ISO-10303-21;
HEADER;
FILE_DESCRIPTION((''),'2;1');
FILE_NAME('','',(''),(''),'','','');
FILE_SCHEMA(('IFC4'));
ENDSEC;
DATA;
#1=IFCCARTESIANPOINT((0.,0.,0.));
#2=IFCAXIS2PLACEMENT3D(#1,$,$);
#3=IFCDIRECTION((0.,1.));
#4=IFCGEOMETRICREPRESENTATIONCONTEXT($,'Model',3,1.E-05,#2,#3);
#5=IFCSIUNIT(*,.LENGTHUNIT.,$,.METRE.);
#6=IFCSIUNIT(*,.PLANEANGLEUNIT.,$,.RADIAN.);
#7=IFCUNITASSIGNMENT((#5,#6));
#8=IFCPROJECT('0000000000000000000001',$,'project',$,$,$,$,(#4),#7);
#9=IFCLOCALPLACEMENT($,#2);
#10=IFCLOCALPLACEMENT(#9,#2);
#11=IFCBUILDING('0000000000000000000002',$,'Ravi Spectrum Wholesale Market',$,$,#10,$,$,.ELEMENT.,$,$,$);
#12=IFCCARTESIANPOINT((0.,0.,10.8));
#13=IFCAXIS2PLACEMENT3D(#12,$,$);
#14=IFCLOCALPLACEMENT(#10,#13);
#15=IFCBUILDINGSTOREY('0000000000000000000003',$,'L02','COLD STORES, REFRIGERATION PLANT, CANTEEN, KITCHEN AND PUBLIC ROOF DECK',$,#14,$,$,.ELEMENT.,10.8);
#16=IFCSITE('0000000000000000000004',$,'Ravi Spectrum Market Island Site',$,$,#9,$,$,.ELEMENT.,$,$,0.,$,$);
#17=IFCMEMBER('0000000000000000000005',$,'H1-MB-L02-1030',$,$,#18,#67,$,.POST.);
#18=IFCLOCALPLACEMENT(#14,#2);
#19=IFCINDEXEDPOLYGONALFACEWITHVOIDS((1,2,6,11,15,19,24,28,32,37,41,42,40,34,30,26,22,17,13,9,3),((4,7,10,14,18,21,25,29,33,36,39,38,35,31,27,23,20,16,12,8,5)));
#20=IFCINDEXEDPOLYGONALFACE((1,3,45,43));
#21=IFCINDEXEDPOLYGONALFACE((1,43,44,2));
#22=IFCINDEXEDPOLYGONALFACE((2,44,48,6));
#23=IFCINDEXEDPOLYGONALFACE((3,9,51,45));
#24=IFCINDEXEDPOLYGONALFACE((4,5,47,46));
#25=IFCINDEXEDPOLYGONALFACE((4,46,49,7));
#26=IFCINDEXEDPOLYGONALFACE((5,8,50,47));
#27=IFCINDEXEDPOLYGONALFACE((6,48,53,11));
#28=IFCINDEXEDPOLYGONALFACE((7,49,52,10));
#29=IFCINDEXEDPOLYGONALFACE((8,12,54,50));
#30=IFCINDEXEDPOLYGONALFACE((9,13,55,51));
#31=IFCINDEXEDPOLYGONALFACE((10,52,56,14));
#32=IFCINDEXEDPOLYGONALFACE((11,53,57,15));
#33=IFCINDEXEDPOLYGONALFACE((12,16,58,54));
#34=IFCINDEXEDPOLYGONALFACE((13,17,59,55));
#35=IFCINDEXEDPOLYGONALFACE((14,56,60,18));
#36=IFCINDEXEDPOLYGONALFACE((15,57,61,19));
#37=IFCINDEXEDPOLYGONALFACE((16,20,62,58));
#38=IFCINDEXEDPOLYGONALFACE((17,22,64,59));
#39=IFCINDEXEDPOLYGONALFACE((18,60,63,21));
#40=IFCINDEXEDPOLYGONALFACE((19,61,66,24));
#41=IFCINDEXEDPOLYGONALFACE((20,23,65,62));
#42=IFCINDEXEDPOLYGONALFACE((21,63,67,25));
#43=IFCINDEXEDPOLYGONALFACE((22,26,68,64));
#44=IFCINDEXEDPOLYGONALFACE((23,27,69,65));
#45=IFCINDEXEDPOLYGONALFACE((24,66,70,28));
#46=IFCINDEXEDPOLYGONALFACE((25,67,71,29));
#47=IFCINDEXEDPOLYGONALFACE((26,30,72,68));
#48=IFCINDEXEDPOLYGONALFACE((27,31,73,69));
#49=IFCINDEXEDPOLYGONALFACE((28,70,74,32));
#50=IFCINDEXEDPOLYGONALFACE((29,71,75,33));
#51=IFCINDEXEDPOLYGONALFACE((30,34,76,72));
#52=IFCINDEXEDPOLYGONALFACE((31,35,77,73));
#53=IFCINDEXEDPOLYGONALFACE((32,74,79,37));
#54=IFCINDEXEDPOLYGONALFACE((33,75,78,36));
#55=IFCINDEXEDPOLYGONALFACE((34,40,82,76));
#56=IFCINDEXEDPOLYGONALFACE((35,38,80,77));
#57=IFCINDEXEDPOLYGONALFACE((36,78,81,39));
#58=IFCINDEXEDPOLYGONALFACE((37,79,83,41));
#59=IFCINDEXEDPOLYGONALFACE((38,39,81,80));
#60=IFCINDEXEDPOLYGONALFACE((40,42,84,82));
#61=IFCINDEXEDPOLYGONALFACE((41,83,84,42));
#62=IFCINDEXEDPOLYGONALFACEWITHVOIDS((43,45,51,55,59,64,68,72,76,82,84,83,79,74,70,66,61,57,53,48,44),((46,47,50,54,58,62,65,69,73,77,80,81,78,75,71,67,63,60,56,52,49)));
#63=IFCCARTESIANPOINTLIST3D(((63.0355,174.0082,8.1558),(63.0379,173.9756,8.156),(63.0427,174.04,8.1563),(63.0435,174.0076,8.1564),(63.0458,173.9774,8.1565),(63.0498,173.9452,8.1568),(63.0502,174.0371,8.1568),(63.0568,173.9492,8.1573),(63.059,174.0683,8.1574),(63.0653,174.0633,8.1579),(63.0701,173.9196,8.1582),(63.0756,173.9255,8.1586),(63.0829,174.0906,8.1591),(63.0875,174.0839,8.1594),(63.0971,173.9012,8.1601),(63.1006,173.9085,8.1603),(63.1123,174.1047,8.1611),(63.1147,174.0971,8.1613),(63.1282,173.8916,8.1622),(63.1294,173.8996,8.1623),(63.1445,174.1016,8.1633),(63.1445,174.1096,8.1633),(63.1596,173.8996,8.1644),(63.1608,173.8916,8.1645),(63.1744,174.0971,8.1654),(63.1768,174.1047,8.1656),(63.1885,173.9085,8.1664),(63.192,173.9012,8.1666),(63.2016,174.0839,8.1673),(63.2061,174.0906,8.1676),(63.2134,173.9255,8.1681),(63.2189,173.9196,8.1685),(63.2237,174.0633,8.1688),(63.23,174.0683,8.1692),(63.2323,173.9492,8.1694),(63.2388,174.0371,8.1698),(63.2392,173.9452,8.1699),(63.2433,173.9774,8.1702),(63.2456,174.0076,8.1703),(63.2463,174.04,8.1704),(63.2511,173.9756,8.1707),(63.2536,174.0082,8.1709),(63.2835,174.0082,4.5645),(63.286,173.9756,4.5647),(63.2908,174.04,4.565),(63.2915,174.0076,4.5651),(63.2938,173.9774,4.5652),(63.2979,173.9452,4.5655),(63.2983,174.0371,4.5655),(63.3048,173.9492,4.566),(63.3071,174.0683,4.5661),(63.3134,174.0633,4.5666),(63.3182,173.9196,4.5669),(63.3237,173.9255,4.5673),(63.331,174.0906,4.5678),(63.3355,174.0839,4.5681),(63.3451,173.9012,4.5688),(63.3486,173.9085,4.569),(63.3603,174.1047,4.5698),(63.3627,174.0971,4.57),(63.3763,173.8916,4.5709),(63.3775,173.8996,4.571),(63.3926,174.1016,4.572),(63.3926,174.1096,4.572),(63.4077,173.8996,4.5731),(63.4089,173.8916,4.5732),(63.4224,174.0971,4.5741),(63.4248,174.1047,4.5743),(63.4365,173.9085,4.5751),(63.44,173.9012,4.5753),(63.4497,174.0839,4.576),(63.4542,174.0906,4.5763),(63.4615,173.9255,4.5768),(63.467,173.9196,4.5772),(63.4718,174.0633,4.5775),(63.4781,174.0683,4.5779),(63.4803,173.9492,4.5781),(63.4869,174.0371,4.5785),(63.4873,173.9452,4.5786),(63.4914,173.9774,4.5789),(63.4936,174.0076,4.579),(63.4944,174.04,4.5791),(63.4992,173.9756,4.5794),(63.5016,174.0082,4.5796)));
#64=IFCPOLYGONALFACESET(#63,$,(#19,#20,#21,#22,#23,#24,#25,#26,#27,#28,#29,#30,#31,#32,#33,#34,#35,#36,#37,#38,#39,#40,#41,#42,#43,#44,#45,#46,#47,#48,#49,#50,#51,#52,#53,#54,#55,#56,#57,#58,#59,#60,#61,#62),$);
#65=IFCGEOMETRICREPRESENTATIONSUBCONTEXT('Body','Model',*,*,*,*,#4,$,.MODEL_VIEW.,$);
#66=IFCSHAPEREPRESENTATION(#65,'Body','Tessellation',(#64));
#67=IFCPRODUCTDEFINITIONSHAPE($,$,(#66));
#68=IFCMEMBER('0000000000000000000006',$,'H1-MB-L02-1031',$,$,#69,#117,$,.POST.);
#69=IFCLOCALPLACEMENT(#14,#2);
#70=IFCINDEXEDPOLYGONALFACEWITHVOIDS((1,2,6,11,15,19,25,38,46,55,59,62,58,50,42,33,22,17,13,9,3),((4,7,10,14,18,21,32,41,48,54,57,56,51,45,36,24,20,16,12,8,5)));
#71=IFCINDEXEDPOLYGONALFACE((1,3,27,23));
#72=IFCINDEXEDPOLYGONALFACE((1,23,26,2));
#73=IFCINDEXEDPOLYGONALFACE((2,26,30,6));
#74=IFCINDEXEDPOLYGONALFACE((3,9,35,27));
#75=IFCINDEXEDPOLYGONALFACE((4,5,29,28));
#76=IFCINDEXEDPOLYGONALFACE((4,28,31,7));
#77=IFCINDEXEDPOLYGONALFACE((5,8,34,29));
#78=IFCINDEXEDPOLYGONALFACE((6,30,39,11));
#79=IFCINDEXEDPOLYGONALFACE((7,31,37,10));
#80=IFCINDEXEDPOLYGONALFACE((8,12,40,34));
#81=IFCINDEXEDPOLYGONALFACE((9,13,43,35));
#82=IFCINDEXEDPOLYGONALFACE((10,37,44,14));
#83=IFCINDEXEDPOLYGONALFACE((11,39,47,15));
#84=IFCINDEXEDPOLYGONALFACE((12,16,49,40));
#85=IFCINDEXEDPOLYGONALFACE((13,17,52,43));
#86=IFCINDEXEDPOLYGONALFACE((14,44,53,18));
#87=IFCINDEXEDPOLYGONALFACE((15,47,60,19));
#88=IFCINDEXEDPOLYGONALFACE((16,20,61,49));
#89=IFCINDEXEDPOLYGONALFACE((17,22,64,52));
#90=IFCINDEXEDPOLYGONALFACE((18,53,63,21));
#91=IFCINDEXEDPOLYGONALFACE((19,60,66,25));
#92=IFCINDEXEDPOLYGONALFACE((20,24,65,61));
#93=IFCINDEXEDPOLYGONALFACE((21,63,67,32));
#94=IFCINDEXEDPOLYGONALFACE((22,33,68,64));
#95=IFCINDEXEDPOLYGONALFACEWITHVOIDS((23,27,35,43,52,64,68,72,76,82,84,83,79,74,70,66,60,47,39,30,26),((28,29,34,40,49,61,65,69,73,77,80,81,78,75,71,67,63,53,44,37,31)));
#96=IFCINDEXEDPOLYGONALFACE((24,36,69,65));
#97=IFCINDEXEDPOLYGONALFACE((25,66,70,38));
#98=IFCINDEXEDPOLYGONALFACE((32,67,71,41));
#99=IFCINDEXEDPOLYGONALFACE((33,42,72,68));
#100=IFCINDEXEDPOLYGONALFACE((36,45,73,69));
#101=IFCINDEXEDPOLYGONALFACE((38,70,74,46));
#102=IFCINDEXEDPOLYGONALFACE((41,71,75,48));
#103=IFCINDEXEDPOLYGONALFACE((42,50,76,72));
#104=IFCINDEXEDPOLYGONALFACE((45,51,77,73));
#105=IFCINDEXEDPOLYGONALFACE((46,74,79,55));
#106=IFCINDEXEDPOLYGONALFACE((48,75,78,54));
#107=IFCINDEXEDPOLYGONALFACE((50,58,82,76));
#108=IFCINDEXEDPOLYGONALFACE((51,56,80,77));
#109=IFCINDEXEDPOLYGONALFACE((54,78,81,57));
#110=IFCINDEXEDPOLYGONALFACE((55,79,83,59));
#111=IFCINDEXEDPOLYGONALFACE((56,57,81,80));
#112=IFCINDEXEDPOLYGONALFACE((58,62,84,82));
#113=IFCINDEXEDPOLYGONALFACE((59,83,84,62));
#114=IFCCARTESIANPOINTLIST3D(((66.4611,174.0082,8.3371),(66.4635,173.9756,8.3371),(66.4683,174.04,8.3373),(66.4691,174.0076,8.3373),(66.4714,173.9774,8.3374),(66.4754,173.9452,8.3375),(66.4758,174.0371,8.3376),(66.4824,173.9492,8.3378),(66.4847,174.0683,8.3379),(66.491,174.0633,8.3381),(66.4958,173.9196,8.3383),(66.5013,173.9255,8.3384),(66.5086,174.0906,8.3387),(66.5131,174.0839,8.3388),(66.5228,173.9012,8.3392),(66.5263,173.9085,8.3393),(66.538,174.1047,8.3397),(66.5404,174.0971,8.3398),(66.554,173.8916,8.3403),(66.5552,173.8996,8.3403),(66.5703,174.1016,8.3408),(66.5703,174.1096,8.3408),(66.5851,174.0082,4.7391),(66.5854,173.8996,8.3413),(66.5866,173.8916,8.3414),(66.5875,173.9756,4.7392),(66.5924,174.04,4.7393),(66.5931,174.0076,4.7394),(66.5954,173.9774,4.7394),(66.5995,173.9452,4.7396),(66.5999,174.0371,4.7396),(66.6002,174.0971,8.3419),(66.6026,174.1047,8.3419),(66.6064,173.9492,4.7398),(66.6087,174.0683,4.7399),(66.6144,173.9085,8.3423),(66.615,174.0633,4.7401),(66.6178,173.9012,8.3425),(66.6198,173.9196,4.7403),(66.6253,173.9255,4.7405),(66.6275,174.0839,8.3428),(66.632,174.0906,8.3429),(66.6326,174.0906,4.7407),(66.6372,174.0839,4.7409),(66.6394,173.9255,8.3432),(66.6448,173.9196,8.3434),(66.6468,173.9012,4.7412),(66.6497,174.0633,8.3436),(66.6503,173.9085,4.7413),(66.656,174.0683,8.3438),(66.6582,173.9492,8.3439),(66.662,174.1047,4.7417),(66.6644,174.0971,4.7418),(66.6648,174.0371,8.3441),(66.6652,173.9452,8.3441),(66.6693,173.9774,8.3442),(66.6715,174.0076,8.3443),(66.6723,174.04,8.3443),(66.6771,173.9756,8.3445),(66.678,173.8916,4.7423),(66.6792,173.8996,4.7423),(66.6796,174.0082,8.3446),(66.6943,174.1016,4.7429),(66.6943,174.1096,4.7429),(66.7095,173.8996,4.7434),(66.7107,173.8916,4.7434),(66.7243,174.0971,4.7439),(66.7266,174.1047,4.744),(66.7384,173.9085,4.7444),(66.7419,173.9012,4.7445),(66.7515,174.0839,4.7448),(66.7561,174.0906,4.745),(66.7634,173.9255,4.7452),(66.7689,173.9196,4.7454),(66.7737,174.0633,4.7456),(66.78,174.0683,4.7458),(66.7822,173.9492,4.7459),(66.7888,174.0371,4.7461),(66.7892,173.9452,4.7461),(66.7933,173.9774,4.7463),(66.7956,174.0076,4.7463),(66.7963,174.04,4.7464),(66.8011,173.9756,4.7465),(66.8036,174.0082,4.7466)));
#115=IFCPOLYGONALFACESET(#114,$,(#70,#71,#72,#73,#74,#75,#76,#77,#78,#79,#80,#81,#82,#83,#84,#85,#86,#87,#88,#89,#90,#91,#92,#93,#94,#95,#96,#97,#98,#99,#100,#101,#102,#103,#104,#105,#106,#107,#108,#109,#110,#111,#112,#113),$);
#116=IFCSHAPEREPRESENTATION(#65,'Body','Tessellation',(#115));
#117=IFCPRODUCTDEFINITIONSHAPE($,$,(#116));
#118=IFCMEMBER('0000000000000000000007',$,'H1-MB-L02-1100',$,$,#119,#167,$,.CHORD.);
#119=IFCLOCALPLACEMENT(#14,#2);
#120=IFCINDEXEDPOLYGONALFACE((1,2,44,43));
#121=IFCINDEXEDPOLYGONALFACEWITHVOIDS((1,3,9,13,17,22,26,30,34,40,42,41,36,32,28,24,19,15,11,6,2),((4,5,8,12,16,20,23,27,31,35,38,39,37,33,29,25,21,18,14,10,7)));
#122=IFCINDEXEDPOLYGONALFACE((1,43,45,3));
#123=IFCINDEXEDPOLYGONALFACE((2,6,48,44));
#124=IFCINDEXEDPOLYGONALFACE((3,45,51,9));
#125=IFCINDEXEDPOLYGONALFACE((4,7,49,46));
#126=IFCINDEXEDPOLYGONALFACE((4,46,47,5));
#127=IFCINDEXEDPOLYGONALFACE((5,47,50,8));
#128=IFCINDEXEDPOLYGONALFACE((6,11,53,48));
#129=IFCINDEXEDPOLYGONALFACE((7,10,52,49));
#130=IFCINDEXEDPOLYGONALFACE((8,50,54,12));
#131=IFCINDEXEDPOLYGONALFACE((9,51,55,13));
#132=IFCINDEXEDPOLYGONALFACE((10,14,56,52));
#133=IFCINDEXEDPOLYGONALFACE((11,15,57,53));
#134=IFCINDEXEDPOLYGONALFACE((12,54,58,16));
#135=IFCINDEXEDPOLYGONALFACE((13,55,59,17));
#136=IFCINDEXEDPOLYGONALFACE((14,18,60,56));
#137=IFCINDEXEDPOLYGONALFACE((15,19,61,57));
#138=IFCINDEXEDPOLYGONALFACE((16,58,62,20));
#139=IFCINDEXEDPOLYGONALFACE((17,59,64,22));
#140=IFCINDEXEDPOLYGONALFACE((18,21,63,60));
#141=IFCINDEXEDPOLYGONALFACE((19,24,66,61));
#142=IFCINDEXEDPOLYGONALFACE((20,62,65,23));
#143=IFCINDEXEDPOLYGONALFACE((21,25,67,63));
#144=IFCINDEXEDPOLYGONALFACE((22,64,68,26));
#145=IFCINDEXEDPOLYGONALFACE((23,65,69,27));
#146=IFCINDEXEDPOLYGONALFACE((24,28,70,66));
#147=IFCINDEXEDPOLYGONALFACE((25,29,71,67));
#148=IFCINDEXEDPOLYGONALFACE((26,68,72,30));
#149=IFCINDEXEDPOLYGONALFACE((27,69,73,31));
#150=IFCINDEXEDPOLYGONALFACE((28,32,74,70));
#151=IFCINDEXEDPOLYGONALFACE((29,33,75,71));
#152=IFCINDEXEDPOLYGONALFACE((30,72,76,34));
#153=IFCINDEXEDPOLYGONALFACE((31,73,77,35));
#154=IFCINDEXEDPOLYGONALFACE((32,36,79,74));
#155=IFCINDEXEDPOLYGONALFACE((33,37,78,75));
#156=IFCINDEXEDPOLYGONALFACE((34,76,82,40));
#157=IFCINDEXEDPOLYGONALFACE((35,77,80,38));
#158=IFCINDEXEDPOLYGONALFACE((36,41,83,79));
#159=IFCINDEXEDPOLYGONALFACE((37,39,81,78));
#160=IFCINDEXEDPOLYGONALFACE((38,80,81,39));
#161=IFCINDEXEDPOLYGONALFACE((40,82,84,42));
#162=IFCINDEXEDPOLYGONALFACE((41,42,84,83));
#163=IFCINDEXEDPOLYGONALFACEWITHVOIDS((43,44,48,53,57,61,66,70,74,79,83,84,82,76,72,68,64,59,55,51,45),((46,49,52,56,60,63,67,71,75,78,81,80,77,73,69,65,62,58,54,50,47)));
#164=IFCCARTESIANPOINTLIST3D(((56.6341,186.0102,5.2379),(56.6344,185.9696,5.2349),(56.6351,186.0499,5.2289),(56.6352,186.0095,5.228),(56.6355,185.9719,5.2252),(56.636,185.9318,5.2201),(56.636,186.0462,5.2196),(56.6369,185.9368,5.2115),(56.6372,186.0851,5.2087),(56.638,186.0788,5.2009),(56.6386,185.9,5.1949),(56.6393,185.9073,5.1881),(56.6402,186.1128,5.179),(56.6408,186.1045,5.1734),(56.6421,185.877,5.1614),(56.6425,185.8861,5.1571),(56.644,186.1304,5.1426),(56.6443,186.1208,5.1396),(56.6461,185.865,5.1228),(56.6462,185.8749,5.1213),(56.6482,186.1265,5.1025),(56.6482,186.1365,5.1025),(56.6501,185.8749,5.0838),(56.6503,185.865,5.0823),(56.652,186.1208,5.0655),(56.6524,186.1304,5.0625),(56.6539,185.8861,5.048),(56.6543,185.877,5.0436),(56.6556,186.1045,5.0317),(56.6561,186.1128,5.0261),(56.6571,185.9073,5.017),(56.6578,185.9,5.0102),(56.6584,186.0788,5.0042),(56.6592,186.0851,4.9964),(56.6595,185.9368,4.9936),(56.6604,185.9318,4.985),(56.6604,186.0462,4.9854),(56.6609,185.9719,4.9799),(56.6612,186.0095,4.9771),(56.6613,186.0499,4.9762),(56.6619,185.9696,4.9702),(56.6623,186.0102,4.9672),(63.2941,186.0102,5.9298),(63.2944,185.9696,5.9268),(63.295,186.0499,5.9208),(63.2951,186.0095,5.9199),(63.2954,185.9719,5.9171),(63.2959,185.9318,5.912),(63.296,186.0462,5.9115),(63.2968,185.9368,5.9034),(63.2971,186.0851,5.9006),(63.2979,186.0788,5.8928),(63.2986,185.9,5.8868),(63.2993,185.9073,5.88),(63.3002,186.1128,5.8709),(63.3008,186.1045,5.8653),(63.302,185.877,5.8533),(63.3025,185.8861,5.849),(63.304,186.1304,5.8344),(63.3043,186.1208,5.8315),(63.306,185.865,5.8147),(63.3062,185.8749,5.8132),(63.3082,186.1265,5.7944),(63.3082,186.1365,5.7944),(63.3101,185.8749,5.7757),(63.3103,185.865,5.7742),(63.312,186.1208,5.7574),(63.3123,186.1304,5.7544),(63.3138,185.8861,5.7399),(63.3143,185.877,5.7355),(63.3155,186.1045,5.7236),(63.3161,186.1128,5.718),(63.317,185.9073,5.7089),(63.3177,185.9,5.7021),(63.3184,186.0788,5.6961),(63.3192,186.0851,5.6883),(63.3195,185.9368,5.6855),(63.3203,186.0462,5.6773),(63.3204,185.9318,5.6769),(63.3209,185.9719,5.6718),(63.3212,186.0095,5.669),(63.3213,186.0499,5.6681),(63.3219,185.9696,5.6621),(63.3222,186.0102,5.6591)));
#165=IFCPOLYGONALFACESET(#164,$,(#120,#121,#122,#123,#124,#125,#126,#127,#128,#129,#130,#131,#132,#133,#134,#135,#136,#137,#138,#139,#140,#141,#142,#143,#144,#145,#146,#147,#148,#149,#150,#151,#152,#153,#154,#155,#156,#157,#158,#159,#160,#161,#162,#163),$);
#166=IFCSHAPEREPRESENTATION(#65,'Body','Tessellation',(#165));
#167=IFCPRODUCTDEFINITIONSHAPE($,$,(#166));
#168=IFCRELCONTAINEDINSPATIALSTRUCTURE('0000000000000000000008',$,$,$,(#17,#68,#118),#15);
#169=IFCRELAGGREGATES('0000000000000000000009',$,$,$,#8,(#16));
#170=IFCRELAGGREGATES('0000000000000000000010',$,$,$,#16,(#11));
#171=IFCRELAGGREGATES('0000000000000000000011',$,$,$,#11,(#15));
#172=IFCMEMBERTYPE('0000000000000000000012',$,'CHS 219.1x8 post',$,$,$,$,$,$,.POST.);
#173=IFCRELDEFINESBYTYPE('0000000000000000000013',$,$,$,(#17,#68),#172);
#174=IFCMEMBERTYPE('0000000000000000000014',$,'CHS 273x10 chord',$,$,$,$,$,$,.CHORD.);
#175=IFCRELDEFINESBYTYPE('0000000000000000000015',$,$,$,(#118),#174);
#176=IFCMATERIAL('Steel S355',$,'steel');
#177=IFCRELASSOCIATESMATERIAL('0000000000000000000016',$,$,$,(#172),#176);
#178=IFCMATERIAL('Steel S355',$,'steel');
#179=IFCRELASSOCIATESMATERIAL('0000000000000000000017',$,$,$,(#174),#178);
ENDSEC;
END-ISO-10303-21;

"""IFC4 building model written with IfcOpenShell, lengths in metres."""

from ifc_helpers import new_model, si_unit, direction, frame, origin, origin_2d, place, context, subcontext, project, spatial, hollow_circle, extrude, material, material_profile, profile_set, type_object, element, save


model = new_model("IFC4")

# Units and contexts
model_context = context("Model", 3, precision=1e-05, world=origin(), true_north=direction((0.0, 1.0)))
body_context = subcontext(model_context, "Body", "Model", "MODEL_VIEW")
ifc_project = project(units=[si_unit("LENGTHUNIT", "METRE"), si_unit("PLANEANGLEUNIT", "RADIAN")], contexts=[model_context])

# Site, building, storey
site_placement = place(None, origin())
site = spatial("IfcSite", under=ifc_project, at=site_placement, Name="Ravi Spectrum Market Island Site", CompositionType="ELEMENT", RefElevation=0.0)
building_placement = place(site_placement, origin())
building = spatial("IfcBuilding", under=site, at=building_placement, Name="Ravi Spectrum Wholesale Market", CompositionType="ELEMENT")
storey_placement = place(building_placement, frame((0.0, 0.0, 10.8)))
storey = spatial("IfcBuildingStorey", under=building, at=storey_placement, Name="L02", Description="COLD STORES, REFRIGERATION PLANT, CANTEEN, KITCHEN AND PUBLIC ROOF DECK", CompositionType="ELEMENT", Elevation=10.8)

# Members
ifc_material_1 = material(Name="Steel S355", Category="steel")
ifc_material_profile_1 = material_profile(ifc_material_1, hollow_circle(Radius=0.1096, WallThickness=0.0081, at=origin_2d()))
ifc_profile_set_1 = profile_set([ifc_material_profile_1], Name="Steel S355")
member_type_1 = type_object("IfcMemberType", Name="CHS 219.1x8 post", PredefinedType="POST", material=ifc_profile_set_1)
member_1_placement = place(storey_placement, frame((63.1445, 174.0, 8.1633), z_axis=(0.068905, 0.0, -0.997623), x_axis=(0.0, 1.0, 0.0)))
element("IfcMember", 1, at=member_1_placement, inside=storey, type_object=member_type_1, Name="H1-MB-L02-1030", PredefinedType="POST", context=body_context, shape_type="SweptSolid", body=[
    extrude(hollow_circle(Radius=0.1096, WallThickness=0.0081, at=origin_2d()), origin(), (0.0, 0.0, 1.0), 3.5999),
])
member_2_placement = place(storey_placement, frame((66.5703, 174.0, 8.3408), z_axis=(0.034451, 0.0, -0.999406), x_axis=(0.0, 1.0, 0.0)))
element("IfcMember", 2, at=member_2_placement, inside=storey, type_object=member_type_1, Name="H1-MB-L02-1031", PredefinedType="POST", context=body_context, shape_type="SweptSolid", body=[
    extrude(hollow_circle(Radius=0.1096, WallThickness=0.0081, at=origin_2d()), origin(), (0.0, 0.0, 1.0), 3.6001),
])
ifc_material_2 = material(Name="Steel S355", Category="steel")
ifc_material_profile_2 = material_profile(ifc_material_2, hollow_circle(Radius=0.1365, WallThickness=0.01, at=origin_2d()))
ifc_profile_set_2 = profile_set([ifc_material_profile_2], Name="Steel S355")
member_type_2 = type_object("IfcMemberType", Name="CHS 273x10 chord", PredefinedType="CHORD", material=ifc_profile_set_2)
member_3_placement = place(storey_placement, frame((56.6482, 186.0, 5.1025), z_axis=(0.994647, 0.0, 0.103333), x_axis=(0.0, 1.0, 0.0)))
element("IfcMember", 3, at=member_3_placement, inside=storey, type_object=member_type_2, Name="H1-MB-L02-1100", PredefinedType="CHORD", context=body_context, shape_type="SweptSolid", body=[
    extrude(hollow_circle(Radius=0.1365, WallThickness=0.01, at=origin_2d()), origin(), (0.0, 0.0, 1.0), 6.6958),
])

save(model, "model.ifc")
